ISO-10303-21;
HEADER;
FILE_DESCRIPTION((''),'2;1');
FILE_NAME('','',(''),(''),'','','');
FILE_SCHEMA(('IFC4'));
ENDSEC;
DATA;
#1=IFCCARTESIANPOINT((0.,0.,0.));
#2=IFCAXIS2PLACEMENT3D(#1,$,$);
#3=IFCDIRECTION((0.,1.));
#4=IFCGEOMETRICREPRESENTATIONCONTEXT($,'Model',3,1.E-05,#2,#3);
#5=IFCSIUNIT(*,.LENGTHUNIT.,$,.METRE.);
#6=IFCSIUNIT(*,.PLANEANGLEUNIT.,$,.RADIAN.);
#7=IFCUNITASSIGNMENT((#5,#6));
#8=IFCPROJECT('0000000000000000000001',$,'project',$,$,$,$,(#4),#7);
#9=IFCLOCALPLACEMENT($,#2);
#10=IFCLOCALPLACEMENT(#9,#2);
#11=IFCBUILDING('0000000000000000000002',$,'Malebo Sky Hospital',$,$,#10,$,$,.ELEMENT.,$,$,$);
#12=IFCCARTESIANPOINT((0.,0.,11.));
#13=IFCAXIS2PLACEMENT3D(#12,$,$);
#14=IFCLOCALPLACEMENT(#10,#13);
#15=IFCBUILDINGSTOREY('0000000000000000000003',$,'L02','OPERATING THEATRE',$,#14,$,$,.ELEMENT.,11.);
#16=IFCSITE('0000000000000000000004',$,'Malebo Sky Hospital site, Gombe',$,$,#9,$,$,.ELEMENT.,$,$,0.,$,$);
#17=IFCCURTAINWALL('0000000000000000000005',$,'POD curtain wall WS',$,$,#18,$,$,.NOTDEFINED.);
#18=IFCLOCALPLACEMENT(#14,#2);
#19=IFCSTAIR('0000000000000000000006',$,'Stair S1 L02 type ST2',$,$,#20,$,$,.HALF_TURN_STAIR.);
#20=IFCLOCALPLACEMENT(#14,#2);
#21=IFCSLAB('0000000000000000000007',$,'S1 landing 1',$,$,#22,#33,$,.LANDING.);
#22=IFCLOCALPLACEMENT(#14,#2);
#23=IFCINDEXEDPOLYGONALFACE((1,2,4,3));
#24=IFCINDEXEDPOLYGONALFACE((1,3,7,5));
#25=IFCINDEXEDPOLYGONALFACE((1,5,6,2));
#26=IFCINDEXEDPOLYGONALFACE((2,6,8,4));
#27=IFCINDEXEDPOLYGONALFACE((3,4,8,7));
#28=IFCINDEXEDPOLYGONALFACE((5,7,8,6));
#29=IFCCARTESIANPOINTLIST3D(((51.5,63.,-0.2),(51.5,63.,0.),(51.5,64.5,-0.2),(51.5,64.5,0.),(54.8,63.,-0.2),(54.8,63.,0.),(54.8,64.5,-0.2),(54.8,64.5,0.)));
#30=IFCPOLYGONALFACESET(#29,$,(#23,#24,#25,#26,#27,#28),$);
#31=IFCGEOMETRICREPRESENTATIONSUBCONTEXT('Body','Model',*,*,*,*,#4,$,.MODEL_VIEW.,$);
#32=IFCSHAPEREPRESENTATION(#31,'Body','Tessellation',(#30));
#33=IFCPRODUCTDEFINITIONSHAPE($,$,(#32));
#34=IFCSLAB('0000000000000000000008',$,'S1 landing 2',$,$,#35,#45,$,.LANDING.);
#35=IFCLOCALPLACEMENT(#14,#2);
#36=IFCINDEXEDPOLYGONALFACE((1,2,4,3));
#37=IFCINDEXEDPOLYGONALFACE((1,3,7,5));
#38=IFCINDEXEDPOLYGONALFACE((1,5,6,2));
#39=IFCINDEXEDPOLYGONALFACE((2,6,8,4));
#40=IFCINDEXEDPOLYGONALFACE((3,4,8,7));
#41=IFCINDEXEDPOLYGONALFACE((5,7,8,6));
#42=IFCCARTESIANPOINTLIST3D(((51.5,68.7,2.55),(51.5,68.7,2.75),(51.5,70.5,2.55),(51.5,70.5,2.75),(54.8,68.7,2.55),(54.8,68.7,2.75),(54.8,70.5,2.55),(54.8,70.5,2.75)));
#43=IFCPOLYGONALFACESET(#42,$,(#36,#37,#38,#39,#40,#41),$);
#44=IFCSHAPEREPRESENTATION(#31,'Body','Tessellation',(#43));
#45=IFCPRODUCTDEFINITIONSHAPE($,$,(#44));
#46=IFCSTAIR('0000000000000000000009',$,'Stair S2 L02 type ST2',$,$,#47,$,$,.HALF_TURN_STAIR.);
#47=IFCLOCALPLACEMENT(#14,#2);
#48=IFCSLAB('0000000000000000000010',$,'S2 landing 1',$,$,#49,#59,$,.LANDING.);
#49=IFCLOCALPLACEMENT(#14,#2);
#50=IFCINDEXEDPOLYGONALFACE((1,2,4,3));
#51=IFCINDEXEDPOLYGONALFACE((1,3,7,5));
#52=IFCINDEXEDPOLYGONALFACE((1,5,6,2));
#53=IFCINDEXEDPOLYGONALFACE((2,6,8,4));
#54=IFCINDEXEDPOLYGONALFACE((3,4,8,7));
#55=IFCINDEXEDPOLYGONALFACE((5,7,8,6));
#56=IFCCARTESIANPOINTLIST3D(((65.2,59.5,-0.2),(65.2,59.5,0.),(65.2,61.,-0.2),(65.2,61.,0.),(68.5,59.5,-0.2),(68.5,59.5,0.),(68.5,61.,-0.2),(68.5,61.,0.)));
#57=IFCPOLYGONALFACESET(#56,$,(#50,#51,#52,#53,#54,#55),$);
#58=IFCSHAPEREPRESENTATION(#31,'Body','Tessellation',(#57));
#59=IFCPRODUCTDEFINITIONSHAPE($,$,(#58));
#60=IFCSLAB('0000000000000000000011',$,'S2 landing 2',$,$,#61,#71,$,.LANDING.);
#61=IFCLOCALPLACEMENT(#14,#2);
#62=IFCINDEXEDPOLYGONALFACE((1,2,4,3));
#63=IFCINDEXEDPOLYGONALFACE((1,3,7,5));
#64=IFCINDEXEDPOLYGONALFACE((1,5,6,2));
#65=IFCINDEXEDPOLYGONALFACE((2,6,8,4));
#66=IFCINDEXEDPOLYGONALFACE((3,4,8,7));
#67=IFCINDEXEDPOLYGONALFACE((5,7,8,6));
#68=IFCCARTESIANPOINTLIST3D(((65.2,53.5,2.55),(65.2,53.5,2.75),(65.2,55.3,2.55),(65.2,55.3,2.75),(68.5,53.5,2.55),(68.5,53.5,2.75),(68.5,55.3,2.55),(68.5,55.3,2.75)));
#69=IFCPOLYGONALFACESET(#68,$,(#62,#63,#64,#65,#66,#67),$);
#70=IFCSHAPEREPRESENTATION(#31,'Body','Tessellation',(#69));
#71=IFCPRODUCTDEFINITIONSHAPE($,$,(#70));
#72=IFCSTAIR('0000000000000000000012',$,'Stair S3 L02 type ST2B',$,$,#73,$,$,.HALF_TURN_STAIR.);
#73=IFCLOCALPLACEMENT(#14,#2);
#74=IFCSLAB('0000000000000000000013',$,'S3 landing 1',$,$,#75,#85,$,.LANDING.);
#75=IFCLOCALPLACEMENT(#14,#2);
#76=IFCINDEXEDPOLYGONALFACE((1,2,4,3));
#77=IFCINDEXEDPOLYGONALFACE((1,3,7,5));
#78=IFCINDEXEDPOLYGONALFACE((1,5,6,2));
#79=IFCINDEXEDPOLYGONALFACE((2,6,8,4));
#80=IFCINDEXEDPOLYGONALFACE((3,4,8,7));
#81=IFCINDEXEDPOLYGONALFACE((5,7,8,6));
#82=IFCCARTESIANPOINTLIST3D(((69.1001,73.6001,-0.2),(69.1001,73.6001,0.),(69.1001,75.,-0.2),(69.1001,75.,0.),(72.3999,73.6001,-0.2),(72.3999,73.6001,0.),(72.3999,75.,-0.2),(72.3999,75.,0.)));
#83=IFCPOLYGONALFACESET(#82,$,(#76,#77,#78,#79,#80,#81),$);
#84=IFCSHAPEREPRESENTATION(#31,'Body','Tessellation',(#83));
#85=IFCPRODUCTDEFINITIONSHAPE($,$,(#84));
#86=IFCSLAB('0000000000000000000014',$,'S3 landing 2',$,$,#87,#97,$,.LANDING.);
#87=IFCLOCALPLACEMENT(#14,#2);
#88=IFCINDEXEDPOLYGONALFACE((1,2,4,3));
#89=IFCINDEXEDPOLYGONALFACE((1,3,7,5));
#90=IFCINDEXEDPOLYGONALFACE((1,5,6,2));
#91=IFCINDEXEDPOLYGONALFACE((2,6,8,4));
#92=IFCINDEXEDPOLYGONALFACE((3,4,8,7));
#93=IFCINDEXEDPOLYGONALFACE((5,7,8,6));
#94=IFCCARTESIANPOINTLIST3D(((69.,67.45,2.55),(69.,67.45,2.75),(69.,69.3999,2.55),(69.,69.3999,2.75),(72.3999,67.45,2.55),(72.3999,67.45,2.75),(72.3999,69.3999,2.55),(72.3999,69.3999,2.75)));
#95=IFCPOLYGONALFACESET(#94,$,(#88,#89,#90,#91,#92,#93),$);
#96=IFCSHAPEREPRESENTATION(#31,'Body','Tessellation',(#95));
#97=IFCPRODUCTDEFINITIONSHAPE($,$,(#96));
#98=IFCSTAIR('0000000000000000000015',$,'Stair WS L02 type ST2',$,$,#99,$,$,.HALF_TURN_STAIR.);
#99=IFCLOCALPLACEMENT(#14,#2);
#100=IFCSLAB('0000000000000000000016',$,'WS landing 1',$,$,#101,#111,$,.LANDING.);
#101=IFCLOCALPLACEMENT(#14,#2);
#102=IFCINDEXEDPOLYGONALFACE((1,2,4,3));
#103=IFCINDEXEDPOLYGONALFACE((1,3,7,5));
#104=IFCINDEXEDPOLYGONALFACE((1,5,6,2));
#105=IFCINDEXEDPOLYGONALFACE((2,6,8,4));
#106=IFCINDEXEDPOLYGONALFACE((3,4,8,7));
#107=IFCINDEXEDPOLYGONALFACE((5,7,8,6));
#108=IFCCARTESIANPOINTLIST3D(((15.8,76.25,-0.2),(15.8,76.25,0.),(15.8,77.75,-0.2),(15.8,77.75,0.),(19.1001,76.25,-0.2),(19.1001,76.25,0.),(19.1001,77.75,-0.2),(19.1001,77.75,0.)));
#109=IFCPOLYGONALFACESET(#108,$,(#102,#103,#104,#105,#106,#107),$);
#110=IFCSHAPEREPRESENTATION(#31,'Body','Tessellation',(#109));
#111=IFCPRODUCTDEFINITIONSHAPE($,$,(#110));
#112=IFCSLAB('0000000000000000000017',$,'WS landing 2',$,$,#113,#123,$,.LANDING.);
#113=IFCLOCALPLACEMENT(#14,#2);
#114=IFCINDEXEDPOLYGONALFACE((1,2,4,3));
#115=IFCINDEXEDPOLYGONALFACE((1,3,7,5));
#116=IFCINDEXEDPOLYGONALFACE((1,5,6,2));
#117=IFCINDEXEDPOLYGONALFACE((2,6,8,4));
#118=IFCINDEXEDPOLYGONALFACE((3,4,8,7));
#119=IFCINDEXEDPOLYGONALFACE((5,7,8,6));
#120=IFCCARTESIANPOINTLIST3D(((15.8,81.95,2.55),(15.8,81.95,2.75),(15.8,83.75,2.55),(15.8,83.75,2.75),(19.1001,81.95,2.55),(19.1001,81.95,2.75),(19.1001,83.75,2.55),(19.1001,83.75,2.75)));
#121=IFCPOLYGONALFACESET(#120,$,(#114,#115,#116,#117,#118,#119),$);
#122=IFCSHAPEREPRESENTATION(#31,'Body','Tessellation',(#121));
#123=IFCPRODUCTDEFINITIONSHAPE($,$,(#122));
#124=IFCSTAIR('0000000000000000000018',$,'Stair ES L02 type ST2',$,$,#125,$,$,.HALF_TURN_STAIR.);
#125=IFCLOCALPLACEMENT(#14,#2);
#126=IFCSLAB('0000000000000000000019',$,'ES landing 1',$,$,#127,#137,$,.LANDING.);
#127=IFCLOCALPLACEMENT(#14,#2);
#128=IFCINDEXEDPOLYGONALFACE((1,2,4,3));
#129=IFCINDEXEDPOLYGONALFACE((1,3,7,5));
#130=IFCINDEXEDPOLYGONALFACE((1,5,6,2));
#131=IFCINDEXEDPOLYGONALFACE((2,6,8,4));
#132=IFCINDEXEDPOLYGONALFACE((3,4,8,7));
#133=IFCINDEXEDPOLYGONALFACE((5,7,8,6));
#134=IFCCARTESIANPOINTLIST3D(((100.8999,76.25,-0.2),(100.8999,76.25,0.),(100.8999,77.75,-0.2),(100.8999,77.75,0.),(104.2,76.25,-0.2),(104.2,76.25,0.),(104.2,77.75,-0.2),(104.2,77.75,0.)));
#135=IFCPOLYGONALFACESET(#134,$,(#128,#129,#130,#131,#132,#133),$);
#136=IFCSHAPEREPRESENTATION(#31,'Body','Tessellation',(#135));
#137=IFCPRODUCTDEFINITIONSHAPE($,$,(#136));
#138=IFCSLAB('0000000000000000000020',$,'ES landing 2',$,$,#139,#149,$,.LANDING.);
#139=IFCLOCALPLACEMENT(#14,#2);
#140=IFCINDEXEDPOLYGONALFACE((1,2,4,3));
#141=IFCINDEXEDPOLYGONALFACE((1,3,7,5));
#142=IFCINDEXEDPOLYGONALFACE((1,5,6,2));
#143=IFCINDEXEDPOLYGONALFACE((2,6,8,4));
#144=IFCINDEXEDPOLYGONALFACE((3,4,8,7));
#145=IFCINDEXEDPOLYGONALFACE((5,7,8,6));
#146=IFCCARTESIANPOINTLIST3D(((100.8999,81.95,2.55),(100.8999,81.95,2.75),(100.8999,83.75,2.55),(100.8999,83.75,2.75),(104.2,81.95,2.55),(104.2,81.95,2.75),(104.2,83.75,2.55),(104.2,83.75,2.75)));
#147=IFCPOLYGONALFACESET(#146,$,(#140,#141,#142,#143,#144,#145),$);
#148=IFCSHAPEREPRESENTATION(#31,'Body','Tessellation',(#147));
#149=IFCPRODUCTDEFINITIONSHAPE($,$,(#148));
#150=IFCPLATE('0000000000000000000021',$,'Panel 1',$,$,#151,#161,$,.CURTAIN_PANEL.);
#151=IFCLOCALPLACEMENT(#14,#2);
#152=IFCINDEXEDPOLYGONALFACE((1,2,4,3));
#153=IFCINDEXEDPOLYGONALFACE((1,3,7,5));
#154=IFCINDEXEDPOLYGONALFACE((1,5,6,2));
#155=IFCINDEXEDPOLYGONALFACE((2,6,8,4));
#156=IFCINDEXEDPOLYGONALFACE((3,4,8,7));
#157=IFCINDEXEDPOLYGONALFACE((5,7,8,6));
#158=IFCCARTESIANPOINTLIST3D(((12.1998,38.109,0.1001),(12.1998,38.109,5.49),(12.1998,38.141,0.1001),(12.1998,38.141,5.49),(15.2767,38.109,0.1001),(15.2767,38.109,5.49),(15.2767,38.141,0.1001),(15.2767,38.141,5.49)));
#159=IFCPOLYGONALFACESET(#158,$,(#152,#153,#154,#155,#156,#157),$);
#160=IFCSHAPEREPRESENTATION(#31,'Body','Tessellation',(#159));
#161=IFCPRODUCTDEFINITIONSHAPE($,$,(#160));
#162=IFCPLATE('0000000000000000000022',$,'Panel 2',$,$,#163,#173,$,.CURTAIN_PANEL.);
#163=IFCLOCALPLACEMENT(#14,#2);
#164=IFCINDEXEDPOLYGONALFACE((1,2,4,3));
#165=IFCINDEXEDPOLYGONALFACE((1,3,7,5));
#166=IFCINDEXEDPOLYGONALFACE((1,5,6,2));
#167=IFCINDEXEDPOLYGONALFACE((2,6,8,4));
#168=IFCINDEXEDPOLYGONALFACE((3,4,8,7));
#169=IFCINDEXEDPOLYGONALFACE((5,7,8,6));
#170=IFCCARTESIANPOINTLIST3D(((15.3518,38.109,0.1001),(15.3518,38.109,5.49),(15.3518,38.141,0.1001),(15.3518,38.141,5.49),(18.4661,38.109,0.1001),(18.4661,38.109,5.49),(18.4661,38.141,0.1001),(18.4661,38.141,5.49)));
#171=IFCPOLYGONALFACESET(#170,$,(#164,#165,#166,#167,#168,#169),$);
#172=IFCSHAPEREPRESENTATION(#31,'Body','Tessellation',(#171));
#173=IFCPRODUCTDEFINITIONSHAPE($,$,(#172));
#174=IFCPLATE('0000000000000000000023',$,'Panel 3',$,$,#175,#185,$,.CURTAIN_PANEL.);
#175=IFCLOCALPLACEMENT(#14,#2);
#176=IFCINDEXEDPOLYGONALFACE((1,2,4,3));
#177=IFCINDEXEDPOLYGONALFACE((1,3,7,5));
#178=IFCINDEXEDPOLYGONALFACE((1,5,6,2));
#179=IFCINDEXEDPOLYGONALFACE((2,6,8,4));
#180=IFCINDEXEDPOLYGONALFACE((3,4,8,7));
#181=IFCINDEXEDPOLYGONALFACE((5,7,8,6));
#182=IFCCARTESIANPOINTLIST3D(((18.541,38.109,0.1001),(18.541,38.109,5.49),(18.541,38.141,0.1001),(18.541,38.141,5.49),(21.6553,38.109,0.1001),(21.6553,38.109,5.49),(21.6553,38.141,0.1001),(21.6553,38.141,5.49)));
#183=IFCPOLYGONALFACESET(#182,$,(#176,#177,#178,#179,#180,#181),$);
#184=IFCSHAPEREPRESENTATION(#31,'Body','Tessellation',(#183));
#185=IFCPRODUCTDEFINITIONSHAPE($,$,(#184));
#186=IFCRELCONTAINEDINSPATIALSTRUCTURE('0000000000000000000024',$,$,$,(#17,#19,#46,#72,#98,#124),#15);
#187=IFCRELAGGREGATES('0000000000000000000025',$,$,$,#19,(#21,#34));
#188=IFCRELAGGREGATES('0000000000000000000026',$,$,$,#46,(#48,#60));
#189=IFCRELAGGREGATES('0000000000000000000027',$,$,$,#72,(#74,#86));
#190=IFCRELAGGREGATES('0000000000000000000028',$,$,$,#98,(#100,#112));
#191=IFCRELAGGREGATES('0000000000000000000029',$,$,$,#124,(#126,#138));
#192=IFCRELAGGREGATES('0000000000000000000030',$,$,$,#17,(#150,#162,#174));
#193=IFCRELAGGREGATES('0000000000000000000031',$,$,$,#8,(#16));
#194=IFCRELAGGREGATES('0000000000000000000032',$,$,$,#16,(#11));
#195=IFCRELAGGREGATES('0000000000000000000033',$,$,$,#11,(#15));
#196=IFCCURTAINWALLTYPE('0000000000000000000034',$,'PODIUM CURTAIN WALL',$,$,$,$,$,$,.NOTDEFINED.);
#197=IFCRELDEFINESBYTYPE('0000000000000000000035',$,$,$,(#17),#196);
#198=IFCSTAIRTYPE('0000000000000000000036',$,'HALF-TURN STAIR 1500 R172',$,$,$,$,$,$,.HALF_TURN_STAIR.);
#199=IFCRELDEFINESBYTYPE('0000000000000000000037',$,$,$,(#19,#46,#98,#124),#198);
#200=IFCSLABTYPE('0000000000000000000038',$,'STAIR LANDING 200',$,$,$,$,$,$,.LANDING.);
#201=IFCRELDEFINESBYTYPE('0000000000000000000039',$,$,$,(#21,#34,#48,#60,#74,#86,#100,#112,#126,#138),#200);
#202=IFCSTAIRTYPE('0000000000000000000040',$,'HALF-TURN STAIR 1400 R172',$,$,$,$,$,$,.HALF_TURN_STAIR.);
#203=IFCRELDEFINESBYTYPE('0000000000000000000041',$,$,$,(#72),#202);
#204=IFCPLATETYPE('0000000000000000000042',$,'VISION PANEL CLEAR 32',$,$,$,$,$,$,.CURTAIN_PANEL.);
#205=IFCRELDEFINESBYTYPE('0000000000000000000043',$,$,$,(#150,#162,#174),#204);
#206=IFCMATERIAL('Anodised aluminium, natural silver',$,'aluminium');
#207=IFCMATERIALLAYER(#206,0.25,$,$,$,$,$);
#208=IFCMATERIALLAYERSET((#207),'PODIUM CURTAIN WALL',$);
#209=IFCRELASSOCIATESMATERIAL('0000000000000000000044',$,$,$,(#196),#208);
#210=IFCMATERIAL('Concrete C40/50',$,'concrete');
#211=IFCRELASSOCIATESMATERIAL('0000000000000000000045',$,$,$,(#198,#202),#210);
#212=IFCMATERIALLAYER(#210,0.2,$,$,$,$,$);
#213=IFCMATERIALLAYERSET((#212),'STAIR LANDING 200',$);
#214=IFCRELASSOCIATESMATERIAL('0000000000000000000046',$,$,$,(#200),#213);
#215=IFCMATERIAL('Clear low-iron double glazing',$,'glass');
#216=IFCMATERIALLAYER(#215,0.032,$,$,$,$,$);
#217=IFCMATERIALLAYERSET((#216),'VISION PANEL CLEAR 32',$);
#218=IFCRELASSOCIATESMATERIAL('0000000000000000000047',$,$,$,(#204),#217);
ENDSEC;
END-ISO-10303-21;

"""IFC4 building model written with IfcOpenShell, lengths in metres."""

from ifc_helpers import new_model, si_unit, direction, frame, origin, origin_2d, place, context, subcontext, project, spatial, polyline, rectangle, outline, extrude, material, layer, layer_set, type_object, element, aggregate, save


model = new_model("IFC4")

# Units and contexts
model_context = context("Model", 3, precision=1e-05, world=origin(), true_north=direction((0.0, 1.0)))
body_context = subcontext(model_context, "Body", "Model", "MODEL_VIEW")
ifc_project = project(units=[si_unit("LENGTHUNIT", "METRE"), si_unit("PLANEANGLEUNIT", "RADIAN")], contexts=[model_context])

# Site, building, storey
site_placement = place(None, origin())
site = spatial("IfcSite", under=ifc_project, at=site_placement, Name="Malebo Sky Hospital site, Gombe", CompositionType="ELEMENT", RefElevation=0.0)
building_placement = place(site_placement, origin())
building = spatial("IfcBuilding", under=site, at=building_placement, Name="Malebo Sky Hospital", CompositionType="ELEMENT")
storey_placement = place(building_placement, frame((0.0, 0.0, 11.0)))
storey = spatial("IfcBuildingStorey", under=building, at=storey_placement, Name="L02", Description="OPERATING THEATRE", CompositionType="ELEMENT", Elevation=11.0)

# Curtain wall
ifc_material_1 = material(Name="Anodised aluminium, natural silver", Category="aluminium")
ifc_layer_1 = layer(ifc_material_1, 0.25)
ifc_layer_set_1 = layer_set([ifc_layer_1], Name="PODIUM CURTAIN WALL")
curtain_wall_type = type_object("IfcCurtainWallType", Name="PODIUM CURTAIN WALL", PredefinedType="NOTDEFINED", material=ifc_layer_set_1)
curtain_wall_placement = place(storey_placement, origin())
curtain_wall = element("IfcCurtainWall", 1, at=curtain_wall_placement, inside=storey, type_object=curtain_wall_type, Name="POD curtain wall WS", PredefinedType="NOTDEFINED")

# Shared definitions
ifc_material_2 = material(Name="Concrete C40/50", Category="concrete")

# Stairs, slabs
stair_type_1 = type_object("IfcStairType", Name="HALF-TURN STAIR 1500 R172", PredefinedType="HALF_TURN_STAIR", material=ifc_material_2)
stair_1_placement = place(storey_placement, origin())
stair_1 = element("IfcStair", 2, at=stair_1_placement, inside=storey, type_object=stair_type_1, Name="Stair S1 L02 type ST2", PredefinedType="HALF_TURN_STAIR")
ifc_layer_2 = layer(ifc_material_2, 0.2)
ifc_layer_set_2 = layer_set([ifc_layer_2], Name="STAIR LANDING 200")
slab_type_1 = type_object("IfcSlabType", Name="STAIR LANDING 200", PredefinedType="LANDING", material=ifc_layer_set_2)
slab_1_placement = place(storey_placement, frame((0.0, 0.0, -0.2)))
slab_1 = element("IfcSlab", 3, at=slab_1_placement, type_object=slab_type_1, Name="S1 landing 1", PredefinedType="LANDING", context=body_context, shape_type="SweptSolid", body=[
    extrude(outline(polyline([(51.5, 63.0), (54.8, 63.0), (54.8, 64.5), (51.5, 64.5), (51.5, 63.0)])), origin(), (0.0, 0.0, 1.0), 0.2),
])
slab_2_placement = place(storey_placement, frame((0.0, 0.0, 2.55)))
slab_2 = element("IfcSlab", 4, at=slab_2_placement, type_object=slab_type_1, Name="S1 landing 2", PredefinedType="LANDING", context=body_context, shape_type="SweptSolid", body=[
    extrude(outline(polyline([(51.5, 68.7), (54.8, 68.7), (54.8, 70.5), (51.5, 70.5), (51.5, 68.7)])), origin(), (0.0, 0.0, 1.0), 0.2),
])
aggregate(stair_1, [slab_1, slab_2])
stair_2_placement = place(storey_placement, origin())
stair_2 = element("IfcStair", 5, at=stair_2_placement, inside=storey, type_object=stair_type_1, Name="Stair S2 L02 type ST2", PredefinedType="HALF_TURN_STAIR")
slab_3_placement = place(storey_placement, frame((0.0, 0.0, -0.2)))
slab_3 = element("IfcSlab", 6, at=slab_3_placement, type_object=slab_type_1, Name="S2 landing 1", PredefinedType="LANDING", context=body_context, shape_type="SweptSolid", body=[
    extrude(outline(polyline([(65.2, 59.5), (68.5, 59.5), (68.5, 61.0), (65.2, 61.0), (65.2, 59.5)])), origin(), (0.0, 0.0, 1.0), 0.2),
])
slab_4_placement = place(storey_placement, frame((0.0, 0.0, 2.55)))
slab_4 = element("IfcSlab", 7, at=slab_4_placement, type_object=slab_type_1, Name="S2 landing 2", PredefinedType="LANDING", context=body_context, shape_type="SweptSolid", body=[
    extrude(outline(polyline([(65.2, 53.5), (68.5, 53.5), (68.5, 55.3), (65.2, 55.3), (65.2, 53.5)])), origin(), (0.0, 0.0, 1.0), 0.2),
])
aggregate(stair_2, [slab_3, slab_4])
stair_type_2 = type_object("IfcStairType", Name="HALF-TURN STAIR 1400 R172", PredefinedType="HALF_TURN_STAIR", material=ifc_material_2)
stair_3_placement = place(storey_placement, origin())
stair_3 = element("IfcStair", 8, at=stair_3_placement, inside=storey, type_object=stair_type_2, Name="Stair S3 L02 type ST2B", PredefinedType="HALF_TURN_STAIR")
slab_5_placement = place(storey_placement, frame((0.0, 0.0, -0.2)))
slab_5 = element("IfcSlab", 9, at=slab_5_placement, type_object=slab_type_1, Name="S3 landing 1", PredefinedType="LANDING", context=body_context, shape_type="SweptSolid", body=[
    extrude(outline(polyline([(69.1001, 73.6001), (72.3999, 73.6001), (72.3999, 75.0), (69.1001, 75.0), (69.1001, 73.6001)])), origin(), (0.0, 0.0, 1.0), 0.2),
])
slab_6_placement = place(storey_placement, frame((0.0, 0.0, 2.55)))
slab_6 = element("IfcSlab", 10, at=slab_6_placement, type_object=slab_type_1, Name="S3 landing 2", PredefinedType="LANDING", context=body_context, shape_type="SweptSolid", body=[
    extrude(outline(polyline([(69.0, 67.45), (72.3999, 67.45), (72.3999, 69.3999), (69.0, 69.3999), (69.0, 67.45)])), origin(), (0.0, 0.0, 1.0), 0.2),
])
aggregate(stair_3, [slab_5, slab_6])
stair_4_placement = place(storey_placement, origin())
stair_4 = element("IfcStair", 11, at=stair_4_placement, inside=storey, type_object=stair_type_1, Name="Stair WS L02 type ST2", PredefinedType="HALF_TURN_STAIR")
slab_7_placement = place(storey_placement, frame((0.0, 0.0, -0.2)))
slab_7 = element("IfcSlab", 12, at=slab_7_placement, type_object=slab_type_1, Name="WS landing 1", PredefinedType="LANDING", context=body_context, shape_type="SweptSolid", body=[
    extrude(outline(polyline([(15.8, 76.25), (19.1001, 76.25), (19.1001, 77.75), (15.8, 77.75), (15.8, 76.25)])), origin(), (0.0, 0.0, 1.0), 0.2),
])
slab_8_placement = place(storey_placement, frame((0.0, 0.0, 2.55)))
slab_8 = element("IfcSlab", 13, at=slab_8_placement, type_object=slab_type_1, Name="WS landing 2", PredefinedType="LANDING", context=body_context, shape_type="SweptSolid", body=[
    extrude(outline(polyline([(15.8, 81.95), (19.1001, 81.95), (19.1001, 83.75), (15.8, 83.75), (15.8, 81.95)])), origin(), (0.0, 0.0, 1.0), 0.2),
])
aggregate(stair_4, [slab_7, slab_8])
stair_5_placement = place(storey_placement, origin())
stair_5 = element("IfcStair", 14, at=stair_5_placement, inside=storey, type_object=stair_type_1, Name="Stair ES L02 type ST2", PredefinedType="HALF_TURN_STAIR")
slab_9_placement = place(storey_placement, frame((0.0, 0.0, -0.2)))
slab_9 = element("IfcSlab", 15, at=slab_9_placement, type_object=slab_type_1, Name="ES landing 1", PredefinedType="LANDING", context=body_context, shape_type="SweptSolid", body=[
    extrude(outline(polyline([(100.8999, 76.25), (104.2, 76.25), (104.2, 77.75), (100.8999, 77.75), (100.8999, 76.25)])), origin(), (0.0, 0.0, 1.0), 0.2),
])
slab_10_placement = place(storey_placement, frame((0.0, 0.0, 2.55)))
slab_10 = element("IfcSlab", 16, at=slab_10_placement, type_object=slab_type_1, Name="ES landing 2", PredefinedType="LANDING", context=body_context, shape_type="SweptSolid", body=[
    extrude(outline(polyline([(100.8999, 81.95), (104.2, 81.95), (104.2, 83.75), (100.8999, 83.75), (100.8999, 81.95)])), origin(), (0.0, 0.0, 1.0), 0.2),
])
aggregate(stair_5, [slab_9, slab_10])

# Plates
ifc_material_3 = material(Name="Clear low-iron double glazing", Category="glass")
ifc_layer_3 = layer(ifc_material_3, 0.032)
ifc_layer_set_3 = layer_set([ifc_layer_3], Name="VISION PANEL CLEAR 32")
plate_type = type_object("IfcPlateType", Name="VISION PANEL CLEAR 32", PredefinedType="CURTAIN_PANEL", material=ifc_layer_set_3)
plate_1_placement = place(storey_placement, frame((13.7383, 38.125, 0.1001), z_axis=(0.0, 0.0, 1.0), x_axis=(1.0, 0.0, 0.0)))
plate_1 = element("IfcPlate", 17, at=plate_1_placement, type_object=plate_type, Name="Panel 1", PredefinedType="CURTAIN_PANEL", context=body_context, shape_type="SweptSolid", body=[
    extrude(rectangle(XDim=3.0769, YDim=0.032, at=origin_2d()), origin(), (0.0, 0.0, 1.0), 5.3899),
])
plate_2_placement = place(storey_placement, frame((16.9089, 38.125, 0.1001), z_axis=(0.0, 0.0, 1.0), x_axis=(1.0, 0.0, 0.0)))
plate_2 = element("IfcPlate", 18, at=plate_2_placement, type_object=plate_type, Name="Panel 2", PredefinedType="CURTAIN_PANEL", context=body_context, shape_type="SweptSolid", body=[
    extrude(rectangle(XDim=3.1143, YDim=0.032, at=origin_2d()), origin(), (0.0, 0.0, 1.0), 5.3899),
])
plate_3_placement = place(storey_placement, frame((20.0981, 38.125, 0.1001), z_axis=(0.0, 0.0, 1.0), x_axis=(1.0, 0.0, 0.0)))
plate_3 = element("IfcPlate", 19, at=plate_3_placement, type_object=plate_type, Name="Panel 3", PredefinedType="CURTAIN_PANEL", context=body_context, shape_type="SweptSolid", body=[
    extrude(rectangle(XDim=3.1143, YDim=0.032, at=origin_2d()), origin(), (0.0, 0.0, 1.0), 5.3899),
])
aggregate(curtain_wall, [plate_1, plate_2, plate_3])

save(model, "model.ifc")
